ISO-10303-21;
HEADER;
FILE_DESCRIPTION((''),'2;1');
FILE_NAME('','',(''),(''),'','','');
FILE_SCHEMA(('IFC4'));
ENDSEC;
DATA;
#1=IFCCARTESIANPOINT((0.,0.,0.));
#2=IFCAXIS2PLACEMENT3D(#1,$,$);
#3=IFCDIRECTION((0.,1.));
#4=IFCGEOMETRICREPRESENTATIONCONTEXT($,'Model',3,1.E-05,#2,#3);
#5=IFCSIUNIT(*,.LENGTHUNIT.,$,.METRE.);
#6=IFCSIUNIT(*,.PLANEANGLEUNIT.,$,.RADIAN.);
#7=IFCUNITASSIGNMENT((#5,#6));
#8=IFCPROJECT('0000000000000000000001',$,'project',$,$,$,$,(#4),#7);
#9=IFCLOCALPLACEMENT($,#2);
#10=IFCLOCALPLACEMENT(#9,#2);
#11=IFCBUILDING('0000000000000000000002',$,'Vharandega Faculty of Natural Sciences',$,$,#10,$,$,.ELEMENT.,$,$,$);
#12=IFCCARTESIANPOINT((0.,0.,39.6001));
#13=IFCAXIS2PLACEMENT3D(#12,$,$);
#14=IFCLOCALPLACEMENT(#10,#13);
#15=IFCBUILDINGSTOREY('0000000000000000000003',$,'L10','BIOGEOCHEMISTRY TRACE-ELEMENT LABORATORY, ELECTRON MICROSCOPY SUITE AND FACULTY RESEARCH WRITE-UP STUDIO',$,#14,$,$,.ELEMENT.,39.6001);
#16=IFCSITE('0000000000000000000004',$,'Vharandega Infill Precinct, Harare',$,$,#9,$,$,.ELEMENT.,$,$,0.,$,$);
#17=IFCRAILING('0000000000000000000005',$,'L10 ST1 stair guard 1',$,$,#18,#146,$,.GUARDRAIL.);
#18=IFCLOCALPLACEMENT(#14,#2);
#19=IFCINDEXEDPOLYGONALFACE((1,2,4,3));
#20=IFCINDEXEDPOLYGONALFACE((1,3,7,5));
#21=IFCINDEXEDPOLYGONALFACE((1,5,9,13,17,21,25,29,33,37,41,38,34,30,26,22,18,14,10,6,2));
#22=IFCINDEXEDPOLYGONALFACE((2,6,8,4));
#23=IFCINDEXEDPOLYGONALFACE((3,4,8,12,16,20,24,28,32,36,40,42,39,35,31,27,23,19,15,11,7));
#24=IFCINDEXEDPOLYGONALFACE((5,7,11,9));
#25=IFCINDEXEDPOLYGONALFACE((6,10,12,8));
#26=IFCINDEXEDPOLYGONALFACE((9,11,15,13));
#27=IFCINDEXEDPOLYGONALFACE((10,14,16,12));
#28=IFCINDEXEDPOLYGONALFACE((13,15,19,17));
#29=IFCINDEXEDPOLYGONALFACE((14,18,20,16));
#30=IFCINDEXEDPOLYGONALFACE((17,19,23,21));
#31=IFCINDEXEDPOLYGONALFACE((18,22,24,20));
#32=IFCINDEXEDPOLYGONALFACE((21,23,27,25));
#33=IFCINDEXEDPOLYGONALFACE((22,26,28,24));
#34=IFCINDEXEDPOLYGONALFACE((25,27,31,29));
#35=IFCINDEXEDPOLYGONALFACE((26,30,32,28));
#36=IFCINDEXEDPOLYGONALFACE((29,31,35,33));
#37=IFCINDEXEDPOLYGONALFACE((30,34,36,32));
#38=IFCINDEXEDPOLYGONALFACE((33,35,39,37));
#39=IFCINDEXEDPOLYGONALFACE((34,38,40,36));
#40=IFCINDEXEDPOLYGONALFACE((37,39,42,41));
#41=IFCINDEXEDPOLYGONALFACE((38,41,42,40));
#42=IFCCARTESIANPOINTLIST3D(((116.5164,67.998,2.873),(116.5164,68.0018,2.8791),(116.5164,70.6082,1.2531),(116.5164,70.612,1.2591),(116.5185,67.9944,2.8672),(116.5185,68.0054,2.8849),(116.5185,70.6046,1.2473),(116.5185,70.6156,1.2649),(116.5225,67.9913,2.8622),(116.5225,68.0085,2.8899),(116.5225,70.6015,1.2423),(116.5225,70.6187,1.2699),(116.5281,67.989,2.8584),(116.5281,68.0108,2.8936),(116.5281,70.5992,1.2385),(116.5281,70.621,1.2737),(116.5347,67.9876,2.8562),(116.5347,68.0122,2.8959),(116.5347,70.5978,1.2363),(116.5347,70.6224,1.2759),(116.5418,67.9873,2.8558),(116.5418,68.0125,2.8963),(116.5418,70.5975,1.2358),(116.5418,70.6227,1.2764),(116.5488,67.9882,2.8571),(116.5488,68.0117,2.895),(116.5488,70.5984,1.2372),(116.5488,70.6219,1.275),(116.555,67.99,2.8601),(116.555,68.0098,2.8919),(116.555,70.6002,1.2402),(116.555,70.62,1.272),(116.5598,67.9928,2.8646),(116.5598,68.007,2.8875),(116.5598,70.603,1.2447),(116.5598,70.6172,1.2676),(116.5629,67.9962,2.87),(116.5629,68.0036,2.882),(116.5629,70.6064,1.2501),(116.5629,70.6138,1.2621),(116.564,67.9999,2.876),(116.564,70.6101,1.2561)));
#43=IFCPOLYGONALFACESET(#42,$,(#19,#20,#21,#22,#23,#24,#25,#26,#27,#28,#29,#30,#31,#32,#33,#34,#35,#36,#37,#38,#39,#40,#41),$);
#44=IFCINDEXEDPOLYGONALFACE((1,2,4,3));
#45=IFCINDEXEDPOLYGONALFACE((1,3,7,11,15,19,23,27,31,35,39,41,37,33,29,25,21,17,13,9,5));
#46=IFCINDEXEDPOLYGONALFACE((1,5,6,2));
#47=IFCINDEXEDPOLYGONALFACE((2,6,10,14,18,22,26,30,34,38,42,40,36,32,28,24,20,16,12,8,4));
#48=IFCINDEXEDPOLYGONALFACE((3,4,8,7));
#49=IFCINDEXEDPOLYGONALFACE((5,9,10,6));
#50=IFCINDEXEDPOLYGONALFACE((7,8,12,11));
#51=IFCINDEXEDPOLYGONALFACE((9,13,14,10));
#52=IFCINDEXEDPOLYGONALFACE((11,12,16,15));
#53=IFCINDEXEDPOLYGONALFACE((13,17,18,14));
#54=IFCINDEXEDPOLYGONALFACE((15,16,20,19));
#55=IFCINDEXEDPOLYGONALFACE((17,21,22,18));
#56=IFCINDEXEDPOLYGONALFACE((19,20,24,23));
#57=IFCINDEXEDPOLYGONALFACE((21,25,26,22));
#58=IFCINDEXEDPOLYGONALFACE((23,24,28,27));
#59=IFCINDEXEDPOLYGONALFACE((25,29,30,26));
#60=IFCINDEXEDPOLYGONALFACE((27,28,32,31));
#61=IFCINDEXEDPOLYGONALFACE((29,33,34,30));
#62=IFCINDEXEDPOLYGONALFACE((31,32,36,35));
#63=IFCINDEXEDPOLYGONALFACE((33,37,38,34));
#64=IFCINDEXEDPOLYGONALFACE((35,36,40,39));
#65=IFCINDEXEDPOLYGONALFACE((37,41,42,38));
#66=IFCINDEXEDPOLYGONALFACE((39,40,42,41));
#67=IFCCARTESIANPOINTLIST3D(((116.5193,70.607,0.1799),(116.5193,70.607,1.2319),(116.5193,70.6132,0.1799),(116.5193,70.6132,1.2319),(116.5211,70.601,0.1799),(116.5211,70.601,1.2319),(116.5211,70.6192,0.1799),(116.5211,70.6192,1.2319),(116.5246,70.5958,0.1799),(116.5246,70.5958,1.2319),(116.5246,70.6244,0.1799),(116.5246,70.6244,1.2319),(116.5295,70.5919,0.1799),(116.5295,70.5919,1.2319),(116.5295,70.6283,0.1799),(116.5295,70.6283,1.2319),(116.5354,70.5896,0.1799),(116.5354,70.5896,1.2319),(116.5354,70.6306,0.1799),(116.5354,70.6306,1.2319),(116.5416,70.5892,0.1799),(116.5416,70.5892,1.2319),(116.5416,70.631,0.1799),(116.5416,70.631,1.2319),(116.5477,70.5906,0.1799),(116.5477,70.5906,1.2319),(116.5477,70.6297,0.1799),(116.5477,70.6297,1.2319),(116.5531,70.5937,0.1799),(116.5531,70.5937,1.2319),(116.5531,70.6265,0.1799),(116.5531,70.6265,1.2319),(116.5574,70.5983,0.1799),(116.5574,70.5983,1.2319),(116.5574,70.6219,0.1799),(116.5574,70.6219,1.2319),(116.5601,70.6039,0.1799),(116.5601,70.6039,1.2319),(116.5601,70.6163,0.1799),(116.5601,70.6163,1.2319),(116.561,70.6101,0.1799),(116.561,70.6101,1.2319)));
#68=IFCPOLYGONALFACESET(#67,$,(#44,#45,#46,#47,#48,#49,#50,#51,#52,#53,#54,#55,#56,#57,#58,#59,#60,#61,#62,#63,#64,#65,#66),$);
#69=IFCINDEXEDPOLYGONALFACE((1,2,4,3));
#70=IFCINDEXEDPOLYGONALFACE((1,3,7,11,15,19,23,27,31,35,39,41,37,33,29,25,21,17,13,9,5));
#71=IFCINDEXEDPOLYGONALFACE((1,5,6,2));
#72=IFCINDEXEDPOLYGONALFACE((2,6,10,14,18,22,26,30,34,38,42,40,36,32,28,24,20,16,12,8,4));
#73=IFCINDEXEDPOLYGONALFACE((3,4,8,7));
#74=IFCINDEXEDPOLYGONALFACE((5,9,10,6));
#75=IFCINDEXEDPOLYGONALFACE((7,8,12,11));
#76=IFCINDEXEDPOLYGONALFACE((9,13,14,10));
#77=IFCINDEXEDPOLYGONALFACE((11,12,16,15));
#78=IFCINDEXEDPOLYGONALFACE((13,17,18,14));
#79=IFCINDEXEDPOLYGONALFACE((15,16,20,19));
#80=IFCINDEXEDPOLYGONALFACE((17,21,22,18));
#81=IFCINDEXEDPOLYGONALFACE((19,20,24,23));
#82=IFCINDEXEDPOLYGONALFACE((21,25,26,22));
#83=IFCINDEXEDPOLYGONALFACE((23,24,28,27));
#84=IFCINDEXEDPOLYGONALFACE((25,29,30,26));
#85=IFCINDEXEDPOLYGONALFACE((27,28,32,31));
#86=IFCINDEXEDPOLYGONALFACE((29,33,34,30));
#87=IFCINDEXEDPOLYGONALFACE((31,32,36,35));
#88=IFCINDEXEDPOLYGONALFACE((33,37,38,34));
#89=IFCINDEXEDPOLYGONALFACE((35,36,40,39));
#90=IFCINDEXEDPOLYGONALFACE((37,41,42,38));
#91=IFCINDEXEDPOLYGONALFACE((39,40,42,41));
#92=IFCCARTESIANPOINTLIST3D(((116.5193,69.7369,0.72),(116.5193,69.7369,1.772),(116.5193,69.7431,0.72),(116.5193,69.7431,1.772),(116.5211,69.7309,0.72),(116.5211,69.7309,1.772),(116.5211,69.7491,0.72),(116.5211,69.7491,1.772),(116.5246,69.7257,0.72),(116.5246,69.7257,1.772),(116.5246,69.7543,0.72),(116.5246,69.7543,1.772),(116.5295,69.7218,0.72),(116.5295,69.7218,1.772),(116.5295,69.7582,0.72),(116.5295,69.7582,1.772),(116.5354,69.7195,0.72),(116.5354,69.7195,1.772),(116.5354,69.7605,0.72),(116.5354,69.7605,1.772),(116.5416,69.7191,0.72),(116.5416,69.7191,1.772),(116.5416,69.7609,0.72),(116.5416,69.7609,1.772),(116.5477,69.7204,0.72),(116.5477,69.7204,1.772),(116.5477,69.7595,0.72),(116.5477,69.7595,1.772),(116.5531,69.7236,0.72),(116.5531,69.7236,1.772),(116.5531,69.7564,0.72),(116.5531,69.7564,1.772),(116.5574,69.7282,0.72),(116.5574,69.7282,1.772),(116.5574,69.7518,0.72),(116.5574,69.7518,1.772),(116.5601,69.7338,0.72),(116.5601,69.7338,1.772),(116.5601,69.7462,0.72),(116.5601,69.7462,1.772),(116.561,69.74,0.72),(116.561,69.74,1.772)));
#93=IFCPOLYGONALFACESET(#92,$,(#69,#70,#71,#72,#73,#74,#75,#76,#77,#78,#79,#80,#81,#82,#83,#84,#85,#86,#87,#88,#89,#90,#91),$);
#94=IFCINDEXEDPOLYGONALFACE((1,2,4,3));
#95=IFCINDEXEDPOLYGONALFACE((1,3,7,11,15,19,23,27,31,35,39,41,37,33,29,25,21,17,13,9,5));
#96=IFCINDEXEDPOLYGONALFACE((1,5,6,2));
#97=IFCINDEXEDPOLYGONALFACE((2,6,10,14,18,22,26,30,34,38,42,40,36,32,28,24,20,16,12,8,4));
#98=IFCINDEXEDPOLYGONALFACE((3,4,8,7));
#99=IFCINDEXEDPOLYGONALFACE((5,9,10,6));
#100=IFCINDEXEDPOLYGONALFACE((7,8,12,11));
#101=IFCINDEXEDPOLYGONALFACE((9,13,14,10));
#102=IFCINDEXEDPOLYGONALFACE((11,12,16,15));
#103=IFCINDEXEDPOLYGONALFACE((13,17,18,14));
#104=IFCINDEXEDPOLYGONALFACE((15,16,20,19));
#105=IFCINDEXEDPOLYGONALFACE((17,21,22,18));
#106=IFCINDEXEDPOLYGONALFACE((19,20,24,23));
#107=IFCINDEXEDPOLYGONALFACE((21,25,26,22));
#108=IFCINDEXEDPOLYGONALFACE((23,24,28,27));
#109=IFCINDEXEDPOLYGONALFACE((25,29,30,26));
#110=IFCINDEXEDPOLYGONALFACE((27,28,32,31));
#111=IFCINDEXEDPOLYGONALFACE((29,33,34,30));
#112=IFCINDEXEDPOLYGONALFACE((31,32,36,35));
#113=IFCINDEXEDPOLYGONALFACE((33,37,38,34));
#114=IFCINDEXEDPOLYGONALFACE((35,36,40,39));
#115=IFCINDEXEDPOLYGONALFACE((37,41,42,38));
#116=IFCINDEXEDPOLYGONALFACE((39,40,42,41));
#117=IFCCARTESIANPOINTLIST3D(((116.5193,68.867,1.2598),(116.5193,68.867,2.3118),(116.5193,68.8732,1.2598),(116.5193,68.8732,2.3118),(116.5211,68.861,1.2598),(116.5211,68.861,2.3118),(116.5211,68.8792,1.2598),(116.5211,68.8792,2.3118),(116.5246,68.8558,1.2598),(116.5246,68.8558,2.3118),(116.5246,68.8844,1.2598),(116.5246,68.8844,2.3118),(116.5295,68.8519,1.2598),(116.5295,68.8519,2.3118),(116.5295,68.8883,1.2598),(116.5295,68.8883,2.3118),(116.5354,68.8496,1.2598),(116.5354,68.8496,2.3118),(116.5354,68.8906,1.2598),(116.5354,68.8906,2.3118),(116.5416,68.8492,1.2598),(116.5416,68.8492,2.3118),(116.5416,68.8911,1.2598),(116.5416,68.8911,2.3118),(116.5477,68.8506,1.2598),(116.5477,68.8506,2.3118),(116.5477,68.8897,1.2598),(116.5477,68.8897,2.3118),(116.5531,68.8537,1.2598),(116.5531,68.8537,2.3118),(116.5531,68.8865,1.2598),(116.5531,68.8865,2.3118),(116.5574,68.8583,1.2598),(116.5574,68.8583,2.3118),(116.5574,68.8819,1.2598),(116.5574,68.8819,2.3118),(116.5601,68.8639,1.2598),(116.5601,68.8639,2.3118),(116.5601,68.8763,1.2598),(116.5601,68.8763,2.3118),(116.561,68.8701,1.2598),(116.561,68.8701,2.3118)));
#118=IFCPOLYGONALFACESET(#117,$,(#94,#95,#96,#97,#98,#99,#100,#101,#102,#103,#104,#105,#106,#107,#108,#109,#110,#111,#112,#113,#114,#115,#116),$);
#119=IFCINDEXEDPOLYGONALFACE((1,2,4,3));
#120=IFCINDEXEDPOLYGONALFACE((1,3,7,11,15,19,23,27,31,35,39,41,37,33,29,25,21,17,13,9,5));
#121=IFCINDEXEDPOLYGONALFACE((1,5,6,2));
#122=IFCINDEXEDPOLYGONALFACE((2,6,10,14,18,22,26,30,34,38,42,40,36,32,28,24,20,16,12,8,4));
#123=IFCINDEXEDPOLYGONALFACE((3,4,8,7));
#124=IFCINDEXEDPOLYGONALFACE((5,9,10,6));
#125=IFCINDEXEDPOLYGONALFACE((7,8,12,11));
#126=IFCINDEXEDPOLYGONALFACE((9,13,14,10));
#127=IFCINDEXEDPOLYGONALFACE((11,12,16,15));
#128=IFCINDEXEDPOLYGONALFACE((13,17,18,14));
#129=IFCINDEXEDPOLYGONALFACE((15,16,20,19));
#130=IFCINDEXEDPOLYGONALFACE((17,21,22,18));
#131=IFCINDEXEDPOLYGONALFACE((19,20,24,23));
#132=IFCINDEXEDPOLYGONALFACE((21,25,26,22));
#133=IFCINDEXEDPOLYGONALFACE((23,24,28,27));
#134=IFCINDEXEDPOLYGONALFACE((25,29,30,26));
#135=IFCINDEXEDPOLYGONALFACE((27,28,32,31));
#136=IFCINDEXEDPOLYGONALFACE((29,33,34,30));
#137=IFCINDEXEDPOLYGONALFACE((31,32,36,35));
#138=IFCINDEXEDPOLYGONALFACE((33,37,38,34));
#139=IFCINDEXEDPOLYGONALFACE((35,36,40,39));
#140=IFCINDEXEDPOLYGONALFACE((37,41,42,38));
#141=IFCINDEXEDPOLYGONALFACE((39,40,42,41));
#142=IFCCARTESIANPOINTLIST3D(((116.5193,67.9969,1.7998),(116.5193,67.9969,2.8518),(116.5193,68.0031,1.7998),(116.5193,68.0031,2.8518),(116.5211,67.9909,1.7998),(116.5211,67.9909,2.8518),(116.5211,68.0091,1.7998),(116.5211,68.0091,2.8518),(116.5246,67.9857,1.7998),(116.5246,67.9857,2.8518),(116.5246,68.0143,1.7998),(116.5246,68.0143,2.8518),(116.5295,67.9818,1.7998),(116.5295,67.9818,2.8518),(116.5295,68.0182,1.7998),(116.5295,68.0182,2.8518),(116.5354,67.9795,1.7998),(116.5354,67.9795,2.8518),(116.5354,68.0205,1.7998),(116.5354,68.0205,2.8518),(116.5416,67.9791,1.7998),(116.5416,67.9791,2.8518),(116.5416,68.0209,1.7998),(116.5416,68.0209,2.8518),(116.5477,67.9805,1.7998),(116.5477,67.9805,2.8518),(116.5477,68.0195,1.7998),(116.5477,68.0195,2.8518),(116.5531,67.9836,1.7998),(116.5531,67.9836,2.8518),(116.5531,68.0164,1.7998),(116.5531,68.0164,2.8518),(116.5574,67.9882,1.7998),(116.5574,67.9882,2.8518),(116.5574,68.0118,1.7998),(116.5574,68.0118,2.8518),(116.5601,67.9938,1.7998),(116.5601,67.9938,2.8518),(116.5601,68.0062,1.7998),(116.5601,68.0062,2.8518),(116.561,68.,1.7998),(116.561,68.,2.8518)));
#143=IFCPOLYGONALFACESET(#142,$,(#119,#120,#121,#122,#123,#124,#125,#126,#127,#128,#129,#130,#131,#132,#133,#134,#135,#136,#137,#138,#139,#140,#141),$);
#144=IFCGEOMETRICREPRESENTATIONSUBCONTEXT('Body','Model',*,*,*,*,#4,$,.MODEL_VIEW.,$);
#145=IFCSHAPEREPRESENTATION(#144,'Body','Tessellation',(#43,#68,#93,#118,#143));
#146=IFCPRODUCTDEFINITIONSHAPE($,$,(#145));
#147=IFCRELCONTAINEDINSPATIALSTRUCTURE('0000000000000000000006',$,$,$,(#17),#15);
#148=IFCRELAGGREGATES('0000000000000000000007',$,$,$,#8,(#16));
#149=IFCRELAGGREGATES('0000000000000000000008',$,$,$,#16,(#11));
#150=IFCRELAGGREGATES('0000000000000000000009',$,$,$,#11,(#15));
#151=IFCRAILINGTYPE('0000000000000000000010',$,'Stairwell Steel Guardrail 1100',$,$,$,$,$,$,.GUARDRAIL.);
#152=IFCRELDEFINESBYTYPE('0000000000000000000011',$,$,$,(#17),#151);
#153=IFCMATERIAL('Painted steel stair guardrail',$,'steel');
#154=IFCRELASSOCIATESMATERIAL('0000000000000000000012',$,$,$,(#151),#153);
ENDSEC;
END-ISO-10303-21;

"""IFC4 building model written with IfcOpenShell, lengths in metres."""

from ifc_helpers import new_model, si_unit, direction, frame, origin, origin_2d, place, context, subcontext, project, spatial, circle, extrude, material, type_object, element, save


model = new_model("IFC4")

# Units and contexts
model_context = context("Model", 3, precision=1e-05, world=origin(), true_north=direction((0.0, 1.0)))
body_context = subcontext(model_context, "Body", "Model", "MODEL_VIEW")
ifc_project = project(units=[si_unit("LENGTHUNIT", "METRE"), si_unit("PLANEANGLEUNIT", "RADIAN")], contexts=[model_context])

# Site, building, storey
site_placement = place(None, origin())
site = spatial("IfcSite", under=ifc_project, at=site_placement, Name="Vharandega Infill Precinct, Harare", CompositionType="ELEMENT", RefElevation=0.0)
building_placement = place(site_placement, origin())
building = spatial("IfcBuilding", under=site, at=building_placement, Name="Vharandega Faculty of Natural Sciences", CompositionType="ELEMENT")
storey_placement = place(building_placement, frame((0.0, 0.0, 39.6001)))
storey = spatial("IfcBuildingStorey", under=building, at=storey_placement, Name="L10", Description="BIOGEOCHEMISTRY TRACE-ELEMENT LABORATORY, ELECTRON MICROSCOPY SUITE AND FACULTY RESEARCH WRITE-UP STUDIO", CompositionType="ELEMENT", Elevation=39.6001)

# Railing
ifc_material_1 = material(Name="Painted steel stair guardrail", Category="steel")
railing_type_1 = type_object("IfcRailingType", Name="Stairwell Steel Guardrail 1100", PredefinedType="GUARDRAIL", material=ifc_material_1)
railing_1_placement = place(storey_placement, frame((116.54, 70.6101, 0.1799)))
element("IfcRailing", 1, at=railing_1_placement, inside=storey, type_object=railing_type_1, Name="L10 ST1 stair guard 1", PredefinedType="GUARDRAIL", context=body_context, shape_type="SweptSolid", body=[
    extrude(circle(Radius=0.0239, at=origin_2d()), frame((0.0, 0.0, 1.0762), z_axis=(0.0, -0.849668, 0.527317), x_axis=(1.0, 0.0, 0.0)), (0.0, 0.0, 1.0), 3.072),
    extrude(circle(Radius=0.021, at=origin_2d()), origin(), (0.0, 0.0, 1.0), 1.052),
    extrude(circle(Radius=0.021, at=origin_2d()), frame((0.0, -0.8701, 0.54)), (0.0, 0.0, 1.0), 1.052),
    extrude(circle(Radius=0.021, at=origin_2d()), frame((0.0, -1.74, 1.0798)), (0.0, 0.0, 1.0), 1.052),
    extrude(circle(Radius=0.021, at=origin_2d()), frame((0.0, -2.6101, 1.6199)), (0.0, 0.0, 1.0), 1.052),
])

save(model, "model.ifc")
